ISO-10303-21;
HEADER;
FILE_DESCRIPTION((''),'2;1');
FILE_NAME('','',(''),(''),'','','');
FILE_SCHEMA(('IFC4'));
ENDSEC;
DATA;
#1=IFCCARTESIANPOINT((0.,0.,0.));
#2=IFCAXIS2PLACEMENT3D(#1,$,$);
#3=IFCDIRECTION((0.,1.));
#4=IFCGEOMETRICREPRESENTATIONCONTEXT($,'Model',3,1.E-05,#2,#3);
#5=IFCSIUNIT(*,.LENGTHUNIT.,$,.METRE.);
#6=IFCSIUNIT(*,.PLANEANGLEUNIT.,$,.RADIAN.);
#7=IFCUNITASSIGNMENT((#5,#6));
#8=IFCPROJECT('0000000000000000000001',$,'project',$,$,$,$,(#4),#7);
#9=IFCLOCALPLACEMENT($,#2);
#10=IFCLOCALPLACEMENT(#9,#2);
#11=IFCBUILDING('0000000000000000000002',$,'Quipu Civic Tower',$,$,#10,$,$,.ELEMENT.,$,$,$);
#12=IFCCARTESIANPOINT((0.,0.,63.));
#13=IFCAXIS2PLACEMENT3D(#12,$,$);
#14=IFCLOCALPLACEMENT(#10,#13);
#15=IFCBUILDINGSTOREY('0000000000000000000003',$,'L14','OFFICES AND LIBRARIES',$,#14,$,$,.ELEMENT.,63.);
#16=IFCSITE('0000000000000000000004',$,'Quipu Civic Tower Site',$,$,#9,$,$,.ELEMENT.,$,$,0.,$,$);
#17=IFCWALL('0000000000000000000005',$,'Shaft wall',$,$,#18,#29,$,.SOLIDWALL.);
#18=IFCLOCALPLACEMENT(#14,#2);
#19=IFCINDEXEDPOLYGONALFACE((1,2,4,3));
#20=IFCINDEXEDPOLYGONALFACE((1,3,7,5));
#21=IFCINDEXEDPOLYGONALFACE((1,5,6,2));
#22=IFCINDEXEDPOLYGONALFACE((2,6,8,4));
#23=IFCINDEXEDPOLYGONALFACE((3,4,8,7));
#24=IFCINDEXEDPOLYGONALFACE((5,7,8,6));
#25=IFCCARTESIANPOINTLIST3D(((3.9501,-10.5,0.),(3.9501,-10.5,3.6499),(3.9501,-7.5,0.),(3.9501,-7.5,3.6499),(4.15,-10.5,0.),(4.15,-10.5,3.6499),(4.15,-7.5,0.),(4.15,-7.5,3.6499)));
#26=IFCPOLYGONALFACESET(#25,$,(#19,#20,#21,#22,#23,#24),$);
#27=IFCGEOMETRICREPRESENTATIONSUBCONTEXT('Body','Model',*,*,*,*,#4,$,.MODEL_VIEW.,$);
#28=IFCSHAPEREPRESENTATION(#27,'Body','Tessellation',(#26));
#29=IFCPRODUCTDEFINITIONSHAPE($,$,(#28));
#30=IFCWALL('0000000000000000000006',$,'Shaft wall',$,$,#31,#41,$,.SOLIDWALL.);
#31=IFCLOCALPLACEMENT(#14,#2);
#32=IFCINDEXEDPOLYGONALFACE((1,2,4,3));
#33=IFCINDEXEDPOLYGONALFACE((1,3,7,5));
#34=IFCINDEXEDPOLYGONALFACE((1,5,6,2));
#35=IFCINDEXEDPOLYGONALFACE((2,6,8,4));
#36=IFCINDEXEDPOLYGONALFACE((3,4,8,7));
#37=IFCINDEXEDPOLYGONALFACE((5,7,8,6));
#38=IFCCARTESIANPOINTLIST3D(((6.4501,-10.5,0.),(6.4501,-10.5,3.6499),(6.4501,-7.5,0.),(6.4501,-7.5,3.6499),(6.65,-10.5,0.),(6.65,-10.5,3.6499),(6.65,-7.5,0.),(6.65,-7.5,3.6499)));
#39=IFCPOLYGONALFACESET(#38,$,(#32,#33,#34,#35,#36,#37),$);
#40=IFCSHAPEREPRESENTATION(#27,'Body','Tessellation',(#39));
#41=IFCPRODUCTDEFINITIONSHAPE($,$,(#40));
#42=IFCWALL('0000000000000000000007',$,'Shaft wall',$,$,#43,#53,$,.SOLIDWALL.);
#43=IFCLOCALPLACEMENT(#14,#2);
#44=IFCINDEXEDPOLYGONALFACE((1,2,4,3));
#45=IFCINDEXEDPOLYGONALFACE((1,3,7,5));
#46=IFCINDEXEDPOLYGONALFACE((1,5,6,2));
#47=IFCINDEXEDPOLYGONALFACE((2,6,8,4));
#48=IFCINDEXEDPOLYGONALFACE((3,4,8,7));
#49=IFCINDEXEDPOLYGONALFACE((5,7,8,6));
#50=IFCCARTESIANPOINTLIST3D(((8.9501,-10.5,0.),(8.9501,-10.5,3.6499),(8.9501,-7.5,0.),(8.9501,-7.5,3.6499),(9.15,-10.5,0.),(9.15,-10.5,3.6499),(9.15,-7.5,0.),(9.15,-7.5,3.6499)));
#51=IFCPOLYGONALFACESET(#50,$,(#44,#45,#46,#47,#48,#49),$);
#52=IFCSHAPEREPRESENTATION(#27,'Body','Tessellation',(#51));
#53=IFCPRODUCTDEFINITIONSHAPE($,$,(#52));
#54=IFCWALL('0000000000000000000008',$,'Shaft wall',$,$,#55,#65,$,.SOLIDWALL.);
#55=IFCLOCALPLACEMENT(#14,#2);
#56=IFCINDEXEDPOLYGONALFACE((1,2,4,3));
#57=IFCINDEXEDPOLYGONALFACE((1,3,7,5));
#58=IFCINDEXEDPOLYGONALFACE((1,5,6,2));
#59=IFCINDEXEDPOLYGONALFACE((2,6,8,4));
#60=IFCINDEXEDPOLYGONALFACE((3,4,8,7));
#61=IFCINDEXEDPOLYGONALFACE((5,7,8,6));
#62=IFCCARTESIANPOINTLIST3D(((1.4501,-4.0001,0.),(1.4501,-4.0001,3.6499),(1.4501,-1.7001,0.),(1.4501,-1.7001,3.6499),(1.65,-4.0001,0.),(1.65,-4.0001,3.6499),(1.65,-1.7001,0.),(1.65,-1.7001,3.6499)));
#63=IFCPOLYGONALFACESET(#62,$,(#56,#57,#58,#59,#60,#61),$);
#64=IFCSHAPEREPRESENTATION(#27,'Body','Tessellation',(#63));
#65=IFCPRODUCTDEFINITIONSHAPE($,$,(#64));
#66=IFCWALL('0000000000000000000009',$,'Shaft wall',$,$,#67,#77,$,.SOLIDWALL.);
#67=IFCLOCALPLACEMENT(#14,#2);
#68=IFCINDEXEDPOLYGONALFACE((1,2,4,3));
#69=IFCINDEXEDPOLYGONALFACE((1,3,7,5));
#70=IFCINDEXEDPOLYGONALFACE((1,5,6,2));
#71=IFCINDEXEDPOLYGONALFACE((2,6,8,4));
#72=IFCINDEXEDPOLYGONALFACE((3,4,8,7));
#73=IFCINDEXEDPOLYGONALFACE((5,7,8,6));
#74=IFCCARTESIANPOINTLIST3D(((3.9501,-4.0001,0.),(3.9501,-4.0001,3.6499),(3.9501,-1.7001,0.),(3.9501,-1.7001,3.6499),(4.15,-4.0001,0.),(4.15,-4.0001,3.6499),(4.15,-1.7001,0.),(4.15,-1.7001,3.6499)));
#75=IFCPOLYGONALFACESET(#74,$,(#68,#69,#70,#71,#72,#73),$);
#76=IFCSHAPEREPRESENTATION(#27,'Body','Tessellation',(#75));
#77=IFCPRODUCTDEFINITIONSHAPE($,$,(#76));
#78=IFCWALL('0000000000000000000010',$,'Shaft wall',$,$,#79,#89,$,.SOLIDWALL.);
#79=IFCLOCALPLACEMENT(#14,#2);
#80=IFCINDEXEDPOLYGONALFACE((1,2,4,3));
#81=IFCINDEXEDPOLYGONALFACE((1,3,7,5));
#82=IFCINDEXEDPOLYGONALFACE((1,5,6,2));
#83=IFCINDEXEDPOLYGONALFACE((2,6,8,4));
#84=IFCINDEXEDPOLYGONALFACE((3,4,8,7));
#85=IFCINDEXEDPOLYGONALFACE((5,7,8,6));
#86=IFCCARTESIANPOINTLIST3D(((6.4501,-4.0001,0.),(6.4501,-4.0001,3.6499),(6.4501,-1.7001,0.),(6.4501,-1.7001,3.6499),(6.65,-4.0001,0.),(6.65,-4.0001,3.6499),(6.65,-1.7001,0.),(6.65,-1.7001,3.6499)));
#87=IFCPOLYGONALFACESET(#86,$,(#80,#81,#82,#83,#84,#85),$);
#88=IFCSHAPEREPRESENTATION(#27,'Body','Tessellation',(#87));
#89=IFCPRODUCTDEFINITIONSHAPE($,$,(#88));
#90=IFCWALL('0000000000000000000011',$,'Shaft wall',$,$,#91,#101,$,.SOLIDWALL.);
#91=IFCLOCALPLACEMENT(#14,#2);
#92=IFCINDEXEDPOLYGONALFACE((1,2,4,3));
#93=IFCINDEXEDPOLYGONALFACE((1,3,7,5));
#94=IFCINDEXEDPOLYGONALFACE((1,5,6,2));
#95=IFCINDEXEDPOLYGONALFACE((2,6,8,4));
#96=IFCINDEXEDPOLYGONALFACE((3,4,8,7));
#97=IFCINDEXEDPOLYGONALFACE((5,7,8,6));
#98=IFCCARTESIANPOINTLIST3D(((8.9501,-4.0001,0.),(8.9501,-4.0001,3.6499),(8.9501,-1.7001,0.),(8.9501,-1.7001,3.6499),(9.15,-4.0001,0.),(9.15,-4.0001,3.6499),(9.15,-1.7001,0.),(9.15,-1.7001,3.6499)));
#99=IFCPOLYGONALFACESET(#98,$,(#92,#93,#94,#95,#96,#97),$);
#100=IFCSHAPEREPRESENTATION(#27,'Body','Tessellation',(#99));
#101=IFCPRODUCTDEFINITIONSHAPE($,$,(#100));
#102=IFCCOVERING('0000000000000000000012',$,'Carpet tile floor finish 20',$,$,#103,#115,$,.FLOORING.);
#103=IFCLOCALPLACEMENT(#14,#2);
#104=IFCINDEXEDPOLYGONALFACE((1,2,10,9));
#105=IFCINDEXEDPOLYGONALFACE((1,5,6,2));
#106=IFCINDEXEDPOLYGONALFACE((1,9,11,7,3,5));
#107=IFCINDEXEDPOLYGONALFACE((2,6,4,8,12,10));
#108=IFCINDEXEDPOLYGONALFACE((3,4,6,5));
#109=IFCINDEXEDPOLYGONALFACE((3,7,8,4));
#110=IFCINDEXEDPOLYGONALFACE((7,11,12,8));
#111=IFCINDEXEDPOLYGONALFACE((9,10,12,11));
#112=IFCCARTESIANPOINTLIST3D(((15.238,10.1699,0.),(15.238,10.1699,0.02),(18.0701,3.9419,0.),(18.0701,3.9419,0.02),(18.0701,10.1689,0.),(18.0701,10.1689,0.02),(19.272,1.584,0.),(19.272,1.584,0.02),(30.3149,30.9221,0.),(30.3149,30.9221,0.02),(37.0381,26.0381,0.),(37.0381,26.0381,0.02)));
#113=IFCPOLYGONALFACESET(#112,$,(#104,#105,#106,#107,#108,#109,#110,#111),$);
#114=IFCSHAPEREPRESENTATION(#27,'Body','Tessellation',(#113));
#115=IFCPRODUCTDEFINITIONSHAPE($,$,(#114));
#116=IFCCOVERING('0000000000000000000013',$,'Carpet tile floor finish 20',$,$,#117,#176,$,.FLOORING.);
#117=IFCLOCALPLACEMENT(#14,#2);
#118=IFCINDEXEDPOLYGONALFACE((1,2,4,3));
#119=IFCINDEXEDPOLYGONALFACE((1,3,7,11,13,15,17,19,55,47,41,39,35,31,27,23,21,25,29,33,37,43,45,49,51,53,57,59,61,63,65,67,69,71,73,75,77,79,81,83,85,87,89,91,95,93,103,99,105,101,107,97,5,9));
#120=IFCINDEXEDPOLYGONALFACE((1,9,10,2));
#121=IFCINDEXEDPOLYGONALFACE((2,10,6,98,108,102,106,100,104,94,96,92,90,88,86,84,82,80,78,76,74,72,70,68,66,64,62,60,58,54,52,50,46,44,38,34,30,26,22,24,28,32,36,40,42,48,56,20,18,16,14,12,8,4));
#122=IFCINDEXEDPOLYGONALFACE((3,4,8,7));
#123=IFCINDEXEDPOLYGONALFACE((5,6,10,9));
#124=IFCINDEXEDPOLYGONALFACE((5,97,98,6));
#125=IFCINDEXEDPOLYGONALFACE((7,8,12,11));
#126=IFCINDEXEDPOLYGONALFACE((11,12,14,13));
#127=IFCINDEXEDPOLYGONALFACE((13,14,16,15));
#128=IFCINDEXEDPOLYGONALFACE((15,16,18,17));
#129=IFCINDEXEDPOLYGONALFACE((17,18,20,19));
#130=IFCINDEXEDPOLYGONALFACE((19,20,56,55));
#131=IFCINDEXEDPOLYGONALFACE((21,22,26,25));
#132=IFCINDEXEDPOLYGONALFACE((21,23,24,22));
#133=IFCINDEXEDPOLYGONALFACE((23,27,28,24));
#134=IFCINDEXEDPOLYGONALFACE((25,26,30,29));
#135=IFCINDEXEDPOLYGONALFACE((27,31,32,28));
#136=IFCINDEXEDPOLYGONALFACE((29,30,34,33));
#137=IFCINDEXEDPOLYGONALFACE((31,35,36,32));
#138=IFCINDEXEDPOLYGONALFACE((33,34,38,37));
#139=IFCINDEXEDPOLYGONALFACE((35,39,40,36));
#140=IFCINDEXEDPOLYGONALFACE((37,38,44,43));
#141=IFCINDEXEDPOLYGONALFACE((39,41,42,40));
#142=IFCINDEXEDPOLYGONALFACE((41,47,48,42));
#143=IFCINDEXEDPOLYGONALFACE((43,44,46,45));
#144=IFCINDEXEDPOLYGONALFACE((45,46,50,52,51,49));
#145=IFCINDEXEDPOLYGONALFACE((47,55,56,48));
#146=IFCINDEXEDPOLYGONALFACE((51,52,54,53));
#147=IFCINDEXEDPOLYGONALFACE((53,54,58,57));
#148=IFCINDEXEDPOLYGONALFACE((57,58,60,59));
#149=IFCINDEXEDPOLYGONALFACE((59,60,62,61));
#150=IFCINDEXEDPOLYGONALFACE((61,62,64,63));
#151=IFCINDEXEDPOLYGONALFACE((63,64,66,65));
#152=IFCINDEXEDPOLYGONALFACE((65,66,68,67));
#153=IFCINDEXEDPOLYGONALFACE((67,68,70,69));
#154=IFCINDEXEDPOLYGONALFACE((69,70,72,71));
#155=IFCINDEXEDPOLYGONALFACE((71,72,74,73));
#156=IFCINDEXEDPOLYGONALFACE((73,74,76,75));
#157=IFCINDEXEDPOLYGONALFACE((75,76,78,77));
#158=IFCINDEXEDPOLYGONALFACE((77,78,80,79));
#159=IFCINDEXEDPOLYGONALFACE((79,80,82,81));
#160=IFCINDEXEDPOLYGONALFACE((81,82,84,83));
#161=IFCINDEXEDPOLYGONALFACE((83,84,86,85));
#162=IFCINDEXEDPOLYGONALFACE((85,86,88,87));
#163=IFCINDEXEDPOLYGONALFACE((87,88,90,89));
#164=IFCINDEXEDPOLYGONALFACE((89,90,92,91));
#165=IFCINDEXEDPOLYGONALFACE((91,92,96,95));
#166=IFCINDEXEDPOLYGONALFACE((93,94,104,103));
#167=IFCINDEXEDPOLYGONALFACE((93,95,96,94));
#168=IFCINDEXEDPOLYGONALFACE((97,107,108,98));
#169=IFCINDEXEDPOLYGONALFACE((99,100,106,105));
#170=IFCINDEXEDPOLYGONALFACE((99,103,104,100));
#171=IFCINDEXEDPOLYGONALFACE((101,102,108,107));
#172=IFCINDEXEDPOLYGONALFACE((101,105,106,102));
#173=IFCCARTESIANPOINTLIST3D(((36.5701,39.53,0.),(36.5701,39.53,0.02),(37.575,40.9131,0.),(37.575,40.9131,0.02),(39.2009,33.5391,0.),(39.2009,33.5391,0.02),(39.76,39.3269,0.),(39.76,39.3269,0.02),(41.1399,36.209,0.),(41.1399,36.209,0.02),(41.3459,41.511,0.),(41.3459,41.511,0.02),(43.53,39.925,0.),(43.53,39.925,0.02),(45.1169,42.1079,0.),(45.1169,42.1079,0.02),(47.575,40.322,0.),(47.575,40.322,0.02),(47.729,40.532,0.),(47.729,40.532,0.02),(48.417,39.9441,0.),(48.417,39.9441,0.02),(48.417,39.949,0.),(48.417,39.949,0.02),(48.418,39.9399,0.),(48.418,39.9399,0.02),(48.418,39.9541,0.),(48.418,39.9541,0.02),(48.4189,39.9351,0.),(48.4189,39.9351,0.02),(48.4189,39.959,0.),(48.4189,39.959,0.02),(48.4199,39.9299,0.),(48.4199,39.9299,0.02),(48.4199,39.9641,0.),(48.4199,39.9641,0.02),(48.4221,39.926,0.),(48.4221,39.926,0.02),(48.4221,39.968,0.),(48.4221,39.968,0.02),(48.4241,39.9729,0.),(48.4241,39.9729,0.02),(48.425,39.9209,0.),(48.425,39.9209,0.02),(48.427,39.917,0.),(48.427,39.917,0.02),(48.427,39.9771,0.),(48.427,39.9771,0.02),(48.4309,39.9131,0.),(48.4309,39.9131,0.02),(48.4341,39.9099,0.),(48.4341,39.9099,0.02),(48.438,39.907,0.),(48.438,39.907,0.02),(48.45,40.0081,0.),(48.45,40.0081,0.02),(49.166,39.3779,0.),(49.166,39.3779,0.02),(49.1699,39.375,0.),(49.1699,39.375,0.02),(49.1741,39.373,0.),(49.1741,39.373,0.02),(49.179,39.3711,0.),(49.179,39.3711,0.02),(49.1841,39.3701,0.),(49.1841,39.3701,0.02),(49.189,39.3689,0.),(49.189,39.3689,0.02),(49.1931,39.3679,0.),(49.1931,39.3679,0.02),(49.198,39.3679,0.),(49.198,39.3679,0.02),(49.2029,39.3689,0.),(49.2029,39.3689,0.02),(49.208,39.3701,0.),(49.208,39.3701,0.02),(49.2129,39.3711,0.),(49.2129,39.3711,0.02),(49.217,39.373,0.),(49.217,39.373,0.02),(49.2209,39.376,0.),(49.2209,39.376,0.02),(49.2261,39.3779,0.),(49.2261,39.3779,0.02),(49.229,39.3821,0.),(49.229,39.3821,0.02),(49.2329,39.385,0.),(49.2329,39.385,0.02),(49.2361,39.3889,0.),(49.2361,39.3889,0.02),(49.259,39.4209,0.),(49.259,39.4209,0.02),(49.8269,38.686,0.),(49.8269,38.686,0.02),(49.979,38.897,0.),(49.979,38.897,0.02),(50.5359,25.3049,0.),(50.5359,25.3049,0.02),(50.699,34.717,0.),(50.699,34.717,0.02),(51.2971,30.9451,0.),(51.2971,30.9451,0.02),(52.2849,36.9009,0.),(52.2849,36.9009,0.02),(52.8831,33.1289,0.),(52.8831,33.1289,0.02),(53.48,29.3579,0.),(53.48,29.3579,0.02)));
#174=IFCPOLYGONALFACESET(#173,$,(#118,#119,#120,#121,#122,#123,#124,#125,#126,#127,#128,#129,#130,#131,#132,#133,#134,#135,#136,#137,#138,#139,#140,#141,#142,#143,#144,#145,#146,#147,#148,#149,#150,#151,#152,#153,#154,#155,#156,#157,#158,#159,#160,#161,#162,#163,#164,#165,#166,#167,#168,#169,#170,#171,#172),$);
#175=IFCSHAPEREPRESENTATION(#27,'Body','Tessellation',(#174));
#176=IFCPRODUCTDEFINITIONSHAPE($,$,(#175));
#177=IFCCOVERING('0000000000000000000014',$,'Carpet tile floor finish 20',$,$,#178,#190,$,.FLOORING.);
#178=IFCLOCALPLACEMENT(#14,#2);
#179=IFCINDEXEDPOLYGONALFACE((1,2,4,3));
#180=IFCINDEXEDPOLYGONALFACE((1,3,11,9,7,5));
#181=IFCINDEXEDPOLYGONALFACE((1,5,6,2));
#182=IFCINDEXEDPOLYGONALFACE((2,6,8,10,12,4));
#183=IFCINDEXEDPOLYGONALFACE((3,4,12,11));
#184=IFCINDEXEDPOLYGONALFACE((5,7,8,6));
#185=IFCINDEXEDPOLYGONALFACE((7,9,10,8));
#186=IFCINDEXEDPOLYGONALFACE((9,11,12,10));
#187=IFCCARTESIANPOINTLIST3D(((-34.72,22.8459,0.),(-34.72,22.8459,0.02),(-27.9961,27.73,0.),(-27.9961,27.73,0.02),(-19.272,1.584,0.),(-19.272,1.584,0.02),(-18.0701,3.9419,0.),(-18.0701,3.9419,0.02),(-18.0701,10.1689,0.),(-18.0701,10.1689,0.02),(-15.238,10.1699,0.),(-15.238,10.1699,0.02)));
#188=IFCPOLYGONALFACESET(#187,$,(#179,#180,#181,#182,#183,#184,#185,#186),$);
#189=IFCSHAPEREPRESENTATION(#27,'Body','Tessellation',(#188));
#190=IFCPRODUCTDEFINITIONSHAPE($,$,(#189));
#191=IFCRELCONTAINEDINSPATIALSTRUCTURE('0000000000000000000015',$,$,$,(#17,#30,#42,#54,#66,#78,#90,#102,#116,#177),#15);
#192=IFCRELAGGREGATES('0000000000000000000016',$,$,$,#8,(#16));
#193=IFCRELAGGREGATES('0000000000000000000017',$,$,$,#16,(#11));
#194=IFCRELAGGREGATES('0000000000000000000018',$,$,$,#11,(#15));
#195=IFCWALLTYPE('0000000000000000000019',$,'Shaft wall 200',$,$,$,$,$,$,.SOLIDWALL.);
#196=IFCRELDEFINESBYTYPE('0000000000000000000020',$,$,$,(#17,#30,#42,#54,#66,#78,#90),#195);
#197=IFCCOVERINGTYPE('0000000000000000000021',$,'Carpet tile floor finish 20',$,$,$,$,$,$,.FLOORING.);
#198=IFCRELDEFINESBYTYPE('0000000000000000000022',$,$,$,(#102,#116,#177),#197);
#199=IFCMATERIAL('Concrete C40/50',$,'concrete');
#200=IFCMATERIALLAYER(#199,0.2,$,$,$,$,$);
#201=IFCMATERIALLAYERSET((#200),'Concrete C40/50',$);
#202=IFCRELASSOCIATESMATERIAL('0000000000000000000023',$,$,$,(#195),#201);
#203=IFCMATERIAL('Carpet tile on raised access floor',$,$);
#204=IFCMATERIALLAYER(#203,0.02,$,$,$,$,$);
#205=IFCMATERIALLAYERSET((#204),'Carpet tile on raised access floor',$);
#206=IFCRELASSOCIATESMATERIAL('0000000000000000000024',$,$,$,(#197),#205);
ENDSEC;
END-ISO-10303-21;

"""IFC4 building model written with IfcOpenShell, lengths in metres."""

from ifc_helpers import new_model, si_unit, direction, frame, frame_2d, origin, place, context, subcontext, project, spatial, polyline, rectangle, outline, extrude, material, layer, layer_set, type_object, element, save


model = new_model("IFC4")

# Units and contexts
model_context = context("Model", 3, precision=1e-05, world=origin(), true_north=direction((0.0, 1.0)))
body_context = subcontext(model_context, "Body", "Model", "MODEL_VIEW")
ifc_project = project(units=[si_unit("LENGTHUNIT", "METRE"), si_unit("PLANEANGLEUNIT", "RADIAN")], contexts=[model_context])

# Site, building, storey
site_placement = place(None, origin())
site = spatial("IfcSite", under=ifc_project, at=site_placement, Name="Quipu Civic Tower Site", CompositionType="ELEMENT", RefElevation=0.0)
building_placement = place(site_placement, origin())
building = spatial("IfcBuilding", under=site, at=building_placement, Name="Quipu Civic Tower", CompositionType="ELEMENT")
storey_placement = place(building_placement, frame((0.0, 0.0, 63.0)))
storey = spatial("IfcBuildingStorey", under=building, at=storey_placement, Name="L14", Description="OFFICES AND LIBRARIES", CompositionType="ELEMENT", Elevation=63.0)

# Walls
ifc_material_1 = material(Name="Concrete C40/50", Category="concrete")
ifc_layer_1 = layer(ifc_material_1, 0.2)
ifc_layer_set_1 = layer_set([ifc_layer_1], Name="Concrete C40/50")
wall_type_1 = type_object("IfcWallType", Name="Shaft wall 200", PredefinedType="SOLIDWALL", material=ifc_layer_set_1)
for number, where, z_axis, x_axis, name in (
    (1, (4.05, -10.5, 0.0), (0.0, 0.0, 1.0), (0.0, 1.0, 0.0), "Shaft wall"),
    (2, (6.55, -10.5, 0.0), (0.0, 0.0, 1.0), (0.0, 1.0, 0.0), "Shaft wall"),
    (3, (9.05, -10.5, 0.0), (0.0, 0.0, 1.0), (0.0, 1.0, 0.0), "Shaft wall"),
):
    element("IfcWall", number, at=place(storey_placement, frame(where, z_axis=z_axis, x_axis=x_axis)), inside=storey, type_object=wall_type_1, Name=name, PredefinedType="SOLIDWALL", context=body_context, shape_type="SweptSolid", body=[
        extrude(rectangle(XDim=3.0, YDim=0.2, at=frame_2d((1.5, 0.0))), origin(), (0.0, 0.0, 1.0), 3.6499),
    ])
for number, where, z_axis, x_axis, name in (
    (4, (1.55, -4.0, 0.0), (0.0, 0.0, 1.0), (0.0, 1.0, 0.0), "Shaft wall"),
    (5, (4.05, -4.0, 0.0), (0.0, 0.0, 1.0), (0.0, 1.0, 0.0), "Shaft wall"),
    (6, (6.55, -4.0, 0.0), (0.0, 0.0, 1.0), (0.0, 1.0, 0.0), "Shaft wall"),
    (7, (9.05, -4.0, 0.0), (0.0, 0.0, 1.0), (0.0, 1.0, 0.0), "Shaft wall"),
):
    element("IfcWall", number, at=place(storey_placement, frame(where, z_axis=z_axis, x_axis=x_axis)), inside=storey, type_object=wall_type_1, Name=name, PredefinedType="SOLIDWALL", context=body_context, shape_type="SweptSolid", body=[
        extrude(rectangle(XDim=2.3, YDim=0.2, at=frame_2d((1.1499, 0.0))), origin(), (0.0, 0.0, 1.0), 3.6499),
    ])

# Coverings
ifc_material_2 = material(Name="Carpet tile on raised access floor")
ifc_layer_2 = layer(ifc_material_2, 0.02)
ifc_layer_set_2 = layer_set([ifc_layer_2], Name="Carpet tile on raised access floor")
covering_type_1 = type_object("IfcCoveringType", Name="Carpet tile floor finish 20", PredefinedType="FLOORING", material=ifc_layer_set_2)
covering_1_placement = place(storey_placement, origin())
element("IfcCovering", 8, at=covering_1_placement, inside=storey, type_object=covering_type_1, Name="Carpet tile floor finish 20", PredefinedType="FLOORING", context=body_context, shape_type="SweptSolid", body=[
    extrude(outline(polyline([(15.238, 10.1699), (30.3149, 30.9221), (37.0381, 26.0381), (19.272, 1.584), (18.0701, 3.9419), (18.0701, 10.1689), (15.238, 10.1699)])), origin(), (0.0, 0.0, 1.0), 0.02),
])
covering_2_placement = place(storey_placement, origin())
element("IfcCovering", 9, at=covering_2_placement, inside=storey, type_object=covering_type_1, Name="Carpet tile floor finish 20", PredefinedType="FLOORING", context=body_context, shape_type="SweptSolid", body=[
    extrude(outline(polyline([(36.5701, 39.53), (37.575, 40.9131), (39.76, 39.3269), (41.3459, 41.511), (43.53, 39.925), (45.1169, 42.1079), (47.575, 40.322), (47.729, 40.532), (48.45, 40.0081), (48.427, 39.9771), (48.4241, 39.9729), (48.4221, 39.968), (48.4199, 39.9641), (48.4189, 39.959), (48.418, 39.9541), (48.417, 39.949), (48.417, 39.9441), (48.418, 39.9399), (48.4189, 39.9351), (48.4199, 39.9299), (48.4221, 39.926), (48.425, 39.9209), (48.427, 39.917), (48.4309, 39.9131), (48.4341, 39.9099), (48.438, 39.907), (49.166, 39.3779), (49.1699, 39.375), (49.1741, 39.373), (49.179, 39.3711), (49.1841, 39.3701), (49.189, 39.3689), (49.1931, 39.3679), (49.198, 39.3679), (49.2029, 39.3689), (49.208, 39.3701), (49.2129, 39.3711), (49.217, 39.373), (49.2209, 39.376), (49.2261, 39.3779), (49.229, 39.3821), (49.2329, 39.385), (49.2361, 39.3889), (49.259, 39.4209), (49.979, 38.897), (49.8269, 38.686), (52.2849, 36.9009), (50.699, 34.717), (52.8831, 33.1289), (51.2971, 30.9451), (53.48, 29.3579), (50.5359, 25.3049), (39.2009, 33.5391), (41.1399, 36.209), (36.5701, 39.53)])), origin(), (0.0, 0.0, 1.0), 0.02),
])
covering_3_placement = place(storey_placement, origin())
element("IfcCovering", 10, at=covering_3_placement, inside=storey, type_object=covering_type_1, Name="Carpet tile floor finish 20", PredefinedType="FLOORING", context=body_context, shape_type="SweptSolid", body=[
    extrude(outline(polyline([(-34.72, 22.8459), (-27.9961, 27.73), (-15.238, 10.1699), (-18.0701, 10.1689), (-18.0701, 3.9419), (-19.272, 1.584), (-34.72, 22.8459)])), origin(), (0.0, 0.0, 1.0), 0.02),
])

save(model, "model.ifc")
